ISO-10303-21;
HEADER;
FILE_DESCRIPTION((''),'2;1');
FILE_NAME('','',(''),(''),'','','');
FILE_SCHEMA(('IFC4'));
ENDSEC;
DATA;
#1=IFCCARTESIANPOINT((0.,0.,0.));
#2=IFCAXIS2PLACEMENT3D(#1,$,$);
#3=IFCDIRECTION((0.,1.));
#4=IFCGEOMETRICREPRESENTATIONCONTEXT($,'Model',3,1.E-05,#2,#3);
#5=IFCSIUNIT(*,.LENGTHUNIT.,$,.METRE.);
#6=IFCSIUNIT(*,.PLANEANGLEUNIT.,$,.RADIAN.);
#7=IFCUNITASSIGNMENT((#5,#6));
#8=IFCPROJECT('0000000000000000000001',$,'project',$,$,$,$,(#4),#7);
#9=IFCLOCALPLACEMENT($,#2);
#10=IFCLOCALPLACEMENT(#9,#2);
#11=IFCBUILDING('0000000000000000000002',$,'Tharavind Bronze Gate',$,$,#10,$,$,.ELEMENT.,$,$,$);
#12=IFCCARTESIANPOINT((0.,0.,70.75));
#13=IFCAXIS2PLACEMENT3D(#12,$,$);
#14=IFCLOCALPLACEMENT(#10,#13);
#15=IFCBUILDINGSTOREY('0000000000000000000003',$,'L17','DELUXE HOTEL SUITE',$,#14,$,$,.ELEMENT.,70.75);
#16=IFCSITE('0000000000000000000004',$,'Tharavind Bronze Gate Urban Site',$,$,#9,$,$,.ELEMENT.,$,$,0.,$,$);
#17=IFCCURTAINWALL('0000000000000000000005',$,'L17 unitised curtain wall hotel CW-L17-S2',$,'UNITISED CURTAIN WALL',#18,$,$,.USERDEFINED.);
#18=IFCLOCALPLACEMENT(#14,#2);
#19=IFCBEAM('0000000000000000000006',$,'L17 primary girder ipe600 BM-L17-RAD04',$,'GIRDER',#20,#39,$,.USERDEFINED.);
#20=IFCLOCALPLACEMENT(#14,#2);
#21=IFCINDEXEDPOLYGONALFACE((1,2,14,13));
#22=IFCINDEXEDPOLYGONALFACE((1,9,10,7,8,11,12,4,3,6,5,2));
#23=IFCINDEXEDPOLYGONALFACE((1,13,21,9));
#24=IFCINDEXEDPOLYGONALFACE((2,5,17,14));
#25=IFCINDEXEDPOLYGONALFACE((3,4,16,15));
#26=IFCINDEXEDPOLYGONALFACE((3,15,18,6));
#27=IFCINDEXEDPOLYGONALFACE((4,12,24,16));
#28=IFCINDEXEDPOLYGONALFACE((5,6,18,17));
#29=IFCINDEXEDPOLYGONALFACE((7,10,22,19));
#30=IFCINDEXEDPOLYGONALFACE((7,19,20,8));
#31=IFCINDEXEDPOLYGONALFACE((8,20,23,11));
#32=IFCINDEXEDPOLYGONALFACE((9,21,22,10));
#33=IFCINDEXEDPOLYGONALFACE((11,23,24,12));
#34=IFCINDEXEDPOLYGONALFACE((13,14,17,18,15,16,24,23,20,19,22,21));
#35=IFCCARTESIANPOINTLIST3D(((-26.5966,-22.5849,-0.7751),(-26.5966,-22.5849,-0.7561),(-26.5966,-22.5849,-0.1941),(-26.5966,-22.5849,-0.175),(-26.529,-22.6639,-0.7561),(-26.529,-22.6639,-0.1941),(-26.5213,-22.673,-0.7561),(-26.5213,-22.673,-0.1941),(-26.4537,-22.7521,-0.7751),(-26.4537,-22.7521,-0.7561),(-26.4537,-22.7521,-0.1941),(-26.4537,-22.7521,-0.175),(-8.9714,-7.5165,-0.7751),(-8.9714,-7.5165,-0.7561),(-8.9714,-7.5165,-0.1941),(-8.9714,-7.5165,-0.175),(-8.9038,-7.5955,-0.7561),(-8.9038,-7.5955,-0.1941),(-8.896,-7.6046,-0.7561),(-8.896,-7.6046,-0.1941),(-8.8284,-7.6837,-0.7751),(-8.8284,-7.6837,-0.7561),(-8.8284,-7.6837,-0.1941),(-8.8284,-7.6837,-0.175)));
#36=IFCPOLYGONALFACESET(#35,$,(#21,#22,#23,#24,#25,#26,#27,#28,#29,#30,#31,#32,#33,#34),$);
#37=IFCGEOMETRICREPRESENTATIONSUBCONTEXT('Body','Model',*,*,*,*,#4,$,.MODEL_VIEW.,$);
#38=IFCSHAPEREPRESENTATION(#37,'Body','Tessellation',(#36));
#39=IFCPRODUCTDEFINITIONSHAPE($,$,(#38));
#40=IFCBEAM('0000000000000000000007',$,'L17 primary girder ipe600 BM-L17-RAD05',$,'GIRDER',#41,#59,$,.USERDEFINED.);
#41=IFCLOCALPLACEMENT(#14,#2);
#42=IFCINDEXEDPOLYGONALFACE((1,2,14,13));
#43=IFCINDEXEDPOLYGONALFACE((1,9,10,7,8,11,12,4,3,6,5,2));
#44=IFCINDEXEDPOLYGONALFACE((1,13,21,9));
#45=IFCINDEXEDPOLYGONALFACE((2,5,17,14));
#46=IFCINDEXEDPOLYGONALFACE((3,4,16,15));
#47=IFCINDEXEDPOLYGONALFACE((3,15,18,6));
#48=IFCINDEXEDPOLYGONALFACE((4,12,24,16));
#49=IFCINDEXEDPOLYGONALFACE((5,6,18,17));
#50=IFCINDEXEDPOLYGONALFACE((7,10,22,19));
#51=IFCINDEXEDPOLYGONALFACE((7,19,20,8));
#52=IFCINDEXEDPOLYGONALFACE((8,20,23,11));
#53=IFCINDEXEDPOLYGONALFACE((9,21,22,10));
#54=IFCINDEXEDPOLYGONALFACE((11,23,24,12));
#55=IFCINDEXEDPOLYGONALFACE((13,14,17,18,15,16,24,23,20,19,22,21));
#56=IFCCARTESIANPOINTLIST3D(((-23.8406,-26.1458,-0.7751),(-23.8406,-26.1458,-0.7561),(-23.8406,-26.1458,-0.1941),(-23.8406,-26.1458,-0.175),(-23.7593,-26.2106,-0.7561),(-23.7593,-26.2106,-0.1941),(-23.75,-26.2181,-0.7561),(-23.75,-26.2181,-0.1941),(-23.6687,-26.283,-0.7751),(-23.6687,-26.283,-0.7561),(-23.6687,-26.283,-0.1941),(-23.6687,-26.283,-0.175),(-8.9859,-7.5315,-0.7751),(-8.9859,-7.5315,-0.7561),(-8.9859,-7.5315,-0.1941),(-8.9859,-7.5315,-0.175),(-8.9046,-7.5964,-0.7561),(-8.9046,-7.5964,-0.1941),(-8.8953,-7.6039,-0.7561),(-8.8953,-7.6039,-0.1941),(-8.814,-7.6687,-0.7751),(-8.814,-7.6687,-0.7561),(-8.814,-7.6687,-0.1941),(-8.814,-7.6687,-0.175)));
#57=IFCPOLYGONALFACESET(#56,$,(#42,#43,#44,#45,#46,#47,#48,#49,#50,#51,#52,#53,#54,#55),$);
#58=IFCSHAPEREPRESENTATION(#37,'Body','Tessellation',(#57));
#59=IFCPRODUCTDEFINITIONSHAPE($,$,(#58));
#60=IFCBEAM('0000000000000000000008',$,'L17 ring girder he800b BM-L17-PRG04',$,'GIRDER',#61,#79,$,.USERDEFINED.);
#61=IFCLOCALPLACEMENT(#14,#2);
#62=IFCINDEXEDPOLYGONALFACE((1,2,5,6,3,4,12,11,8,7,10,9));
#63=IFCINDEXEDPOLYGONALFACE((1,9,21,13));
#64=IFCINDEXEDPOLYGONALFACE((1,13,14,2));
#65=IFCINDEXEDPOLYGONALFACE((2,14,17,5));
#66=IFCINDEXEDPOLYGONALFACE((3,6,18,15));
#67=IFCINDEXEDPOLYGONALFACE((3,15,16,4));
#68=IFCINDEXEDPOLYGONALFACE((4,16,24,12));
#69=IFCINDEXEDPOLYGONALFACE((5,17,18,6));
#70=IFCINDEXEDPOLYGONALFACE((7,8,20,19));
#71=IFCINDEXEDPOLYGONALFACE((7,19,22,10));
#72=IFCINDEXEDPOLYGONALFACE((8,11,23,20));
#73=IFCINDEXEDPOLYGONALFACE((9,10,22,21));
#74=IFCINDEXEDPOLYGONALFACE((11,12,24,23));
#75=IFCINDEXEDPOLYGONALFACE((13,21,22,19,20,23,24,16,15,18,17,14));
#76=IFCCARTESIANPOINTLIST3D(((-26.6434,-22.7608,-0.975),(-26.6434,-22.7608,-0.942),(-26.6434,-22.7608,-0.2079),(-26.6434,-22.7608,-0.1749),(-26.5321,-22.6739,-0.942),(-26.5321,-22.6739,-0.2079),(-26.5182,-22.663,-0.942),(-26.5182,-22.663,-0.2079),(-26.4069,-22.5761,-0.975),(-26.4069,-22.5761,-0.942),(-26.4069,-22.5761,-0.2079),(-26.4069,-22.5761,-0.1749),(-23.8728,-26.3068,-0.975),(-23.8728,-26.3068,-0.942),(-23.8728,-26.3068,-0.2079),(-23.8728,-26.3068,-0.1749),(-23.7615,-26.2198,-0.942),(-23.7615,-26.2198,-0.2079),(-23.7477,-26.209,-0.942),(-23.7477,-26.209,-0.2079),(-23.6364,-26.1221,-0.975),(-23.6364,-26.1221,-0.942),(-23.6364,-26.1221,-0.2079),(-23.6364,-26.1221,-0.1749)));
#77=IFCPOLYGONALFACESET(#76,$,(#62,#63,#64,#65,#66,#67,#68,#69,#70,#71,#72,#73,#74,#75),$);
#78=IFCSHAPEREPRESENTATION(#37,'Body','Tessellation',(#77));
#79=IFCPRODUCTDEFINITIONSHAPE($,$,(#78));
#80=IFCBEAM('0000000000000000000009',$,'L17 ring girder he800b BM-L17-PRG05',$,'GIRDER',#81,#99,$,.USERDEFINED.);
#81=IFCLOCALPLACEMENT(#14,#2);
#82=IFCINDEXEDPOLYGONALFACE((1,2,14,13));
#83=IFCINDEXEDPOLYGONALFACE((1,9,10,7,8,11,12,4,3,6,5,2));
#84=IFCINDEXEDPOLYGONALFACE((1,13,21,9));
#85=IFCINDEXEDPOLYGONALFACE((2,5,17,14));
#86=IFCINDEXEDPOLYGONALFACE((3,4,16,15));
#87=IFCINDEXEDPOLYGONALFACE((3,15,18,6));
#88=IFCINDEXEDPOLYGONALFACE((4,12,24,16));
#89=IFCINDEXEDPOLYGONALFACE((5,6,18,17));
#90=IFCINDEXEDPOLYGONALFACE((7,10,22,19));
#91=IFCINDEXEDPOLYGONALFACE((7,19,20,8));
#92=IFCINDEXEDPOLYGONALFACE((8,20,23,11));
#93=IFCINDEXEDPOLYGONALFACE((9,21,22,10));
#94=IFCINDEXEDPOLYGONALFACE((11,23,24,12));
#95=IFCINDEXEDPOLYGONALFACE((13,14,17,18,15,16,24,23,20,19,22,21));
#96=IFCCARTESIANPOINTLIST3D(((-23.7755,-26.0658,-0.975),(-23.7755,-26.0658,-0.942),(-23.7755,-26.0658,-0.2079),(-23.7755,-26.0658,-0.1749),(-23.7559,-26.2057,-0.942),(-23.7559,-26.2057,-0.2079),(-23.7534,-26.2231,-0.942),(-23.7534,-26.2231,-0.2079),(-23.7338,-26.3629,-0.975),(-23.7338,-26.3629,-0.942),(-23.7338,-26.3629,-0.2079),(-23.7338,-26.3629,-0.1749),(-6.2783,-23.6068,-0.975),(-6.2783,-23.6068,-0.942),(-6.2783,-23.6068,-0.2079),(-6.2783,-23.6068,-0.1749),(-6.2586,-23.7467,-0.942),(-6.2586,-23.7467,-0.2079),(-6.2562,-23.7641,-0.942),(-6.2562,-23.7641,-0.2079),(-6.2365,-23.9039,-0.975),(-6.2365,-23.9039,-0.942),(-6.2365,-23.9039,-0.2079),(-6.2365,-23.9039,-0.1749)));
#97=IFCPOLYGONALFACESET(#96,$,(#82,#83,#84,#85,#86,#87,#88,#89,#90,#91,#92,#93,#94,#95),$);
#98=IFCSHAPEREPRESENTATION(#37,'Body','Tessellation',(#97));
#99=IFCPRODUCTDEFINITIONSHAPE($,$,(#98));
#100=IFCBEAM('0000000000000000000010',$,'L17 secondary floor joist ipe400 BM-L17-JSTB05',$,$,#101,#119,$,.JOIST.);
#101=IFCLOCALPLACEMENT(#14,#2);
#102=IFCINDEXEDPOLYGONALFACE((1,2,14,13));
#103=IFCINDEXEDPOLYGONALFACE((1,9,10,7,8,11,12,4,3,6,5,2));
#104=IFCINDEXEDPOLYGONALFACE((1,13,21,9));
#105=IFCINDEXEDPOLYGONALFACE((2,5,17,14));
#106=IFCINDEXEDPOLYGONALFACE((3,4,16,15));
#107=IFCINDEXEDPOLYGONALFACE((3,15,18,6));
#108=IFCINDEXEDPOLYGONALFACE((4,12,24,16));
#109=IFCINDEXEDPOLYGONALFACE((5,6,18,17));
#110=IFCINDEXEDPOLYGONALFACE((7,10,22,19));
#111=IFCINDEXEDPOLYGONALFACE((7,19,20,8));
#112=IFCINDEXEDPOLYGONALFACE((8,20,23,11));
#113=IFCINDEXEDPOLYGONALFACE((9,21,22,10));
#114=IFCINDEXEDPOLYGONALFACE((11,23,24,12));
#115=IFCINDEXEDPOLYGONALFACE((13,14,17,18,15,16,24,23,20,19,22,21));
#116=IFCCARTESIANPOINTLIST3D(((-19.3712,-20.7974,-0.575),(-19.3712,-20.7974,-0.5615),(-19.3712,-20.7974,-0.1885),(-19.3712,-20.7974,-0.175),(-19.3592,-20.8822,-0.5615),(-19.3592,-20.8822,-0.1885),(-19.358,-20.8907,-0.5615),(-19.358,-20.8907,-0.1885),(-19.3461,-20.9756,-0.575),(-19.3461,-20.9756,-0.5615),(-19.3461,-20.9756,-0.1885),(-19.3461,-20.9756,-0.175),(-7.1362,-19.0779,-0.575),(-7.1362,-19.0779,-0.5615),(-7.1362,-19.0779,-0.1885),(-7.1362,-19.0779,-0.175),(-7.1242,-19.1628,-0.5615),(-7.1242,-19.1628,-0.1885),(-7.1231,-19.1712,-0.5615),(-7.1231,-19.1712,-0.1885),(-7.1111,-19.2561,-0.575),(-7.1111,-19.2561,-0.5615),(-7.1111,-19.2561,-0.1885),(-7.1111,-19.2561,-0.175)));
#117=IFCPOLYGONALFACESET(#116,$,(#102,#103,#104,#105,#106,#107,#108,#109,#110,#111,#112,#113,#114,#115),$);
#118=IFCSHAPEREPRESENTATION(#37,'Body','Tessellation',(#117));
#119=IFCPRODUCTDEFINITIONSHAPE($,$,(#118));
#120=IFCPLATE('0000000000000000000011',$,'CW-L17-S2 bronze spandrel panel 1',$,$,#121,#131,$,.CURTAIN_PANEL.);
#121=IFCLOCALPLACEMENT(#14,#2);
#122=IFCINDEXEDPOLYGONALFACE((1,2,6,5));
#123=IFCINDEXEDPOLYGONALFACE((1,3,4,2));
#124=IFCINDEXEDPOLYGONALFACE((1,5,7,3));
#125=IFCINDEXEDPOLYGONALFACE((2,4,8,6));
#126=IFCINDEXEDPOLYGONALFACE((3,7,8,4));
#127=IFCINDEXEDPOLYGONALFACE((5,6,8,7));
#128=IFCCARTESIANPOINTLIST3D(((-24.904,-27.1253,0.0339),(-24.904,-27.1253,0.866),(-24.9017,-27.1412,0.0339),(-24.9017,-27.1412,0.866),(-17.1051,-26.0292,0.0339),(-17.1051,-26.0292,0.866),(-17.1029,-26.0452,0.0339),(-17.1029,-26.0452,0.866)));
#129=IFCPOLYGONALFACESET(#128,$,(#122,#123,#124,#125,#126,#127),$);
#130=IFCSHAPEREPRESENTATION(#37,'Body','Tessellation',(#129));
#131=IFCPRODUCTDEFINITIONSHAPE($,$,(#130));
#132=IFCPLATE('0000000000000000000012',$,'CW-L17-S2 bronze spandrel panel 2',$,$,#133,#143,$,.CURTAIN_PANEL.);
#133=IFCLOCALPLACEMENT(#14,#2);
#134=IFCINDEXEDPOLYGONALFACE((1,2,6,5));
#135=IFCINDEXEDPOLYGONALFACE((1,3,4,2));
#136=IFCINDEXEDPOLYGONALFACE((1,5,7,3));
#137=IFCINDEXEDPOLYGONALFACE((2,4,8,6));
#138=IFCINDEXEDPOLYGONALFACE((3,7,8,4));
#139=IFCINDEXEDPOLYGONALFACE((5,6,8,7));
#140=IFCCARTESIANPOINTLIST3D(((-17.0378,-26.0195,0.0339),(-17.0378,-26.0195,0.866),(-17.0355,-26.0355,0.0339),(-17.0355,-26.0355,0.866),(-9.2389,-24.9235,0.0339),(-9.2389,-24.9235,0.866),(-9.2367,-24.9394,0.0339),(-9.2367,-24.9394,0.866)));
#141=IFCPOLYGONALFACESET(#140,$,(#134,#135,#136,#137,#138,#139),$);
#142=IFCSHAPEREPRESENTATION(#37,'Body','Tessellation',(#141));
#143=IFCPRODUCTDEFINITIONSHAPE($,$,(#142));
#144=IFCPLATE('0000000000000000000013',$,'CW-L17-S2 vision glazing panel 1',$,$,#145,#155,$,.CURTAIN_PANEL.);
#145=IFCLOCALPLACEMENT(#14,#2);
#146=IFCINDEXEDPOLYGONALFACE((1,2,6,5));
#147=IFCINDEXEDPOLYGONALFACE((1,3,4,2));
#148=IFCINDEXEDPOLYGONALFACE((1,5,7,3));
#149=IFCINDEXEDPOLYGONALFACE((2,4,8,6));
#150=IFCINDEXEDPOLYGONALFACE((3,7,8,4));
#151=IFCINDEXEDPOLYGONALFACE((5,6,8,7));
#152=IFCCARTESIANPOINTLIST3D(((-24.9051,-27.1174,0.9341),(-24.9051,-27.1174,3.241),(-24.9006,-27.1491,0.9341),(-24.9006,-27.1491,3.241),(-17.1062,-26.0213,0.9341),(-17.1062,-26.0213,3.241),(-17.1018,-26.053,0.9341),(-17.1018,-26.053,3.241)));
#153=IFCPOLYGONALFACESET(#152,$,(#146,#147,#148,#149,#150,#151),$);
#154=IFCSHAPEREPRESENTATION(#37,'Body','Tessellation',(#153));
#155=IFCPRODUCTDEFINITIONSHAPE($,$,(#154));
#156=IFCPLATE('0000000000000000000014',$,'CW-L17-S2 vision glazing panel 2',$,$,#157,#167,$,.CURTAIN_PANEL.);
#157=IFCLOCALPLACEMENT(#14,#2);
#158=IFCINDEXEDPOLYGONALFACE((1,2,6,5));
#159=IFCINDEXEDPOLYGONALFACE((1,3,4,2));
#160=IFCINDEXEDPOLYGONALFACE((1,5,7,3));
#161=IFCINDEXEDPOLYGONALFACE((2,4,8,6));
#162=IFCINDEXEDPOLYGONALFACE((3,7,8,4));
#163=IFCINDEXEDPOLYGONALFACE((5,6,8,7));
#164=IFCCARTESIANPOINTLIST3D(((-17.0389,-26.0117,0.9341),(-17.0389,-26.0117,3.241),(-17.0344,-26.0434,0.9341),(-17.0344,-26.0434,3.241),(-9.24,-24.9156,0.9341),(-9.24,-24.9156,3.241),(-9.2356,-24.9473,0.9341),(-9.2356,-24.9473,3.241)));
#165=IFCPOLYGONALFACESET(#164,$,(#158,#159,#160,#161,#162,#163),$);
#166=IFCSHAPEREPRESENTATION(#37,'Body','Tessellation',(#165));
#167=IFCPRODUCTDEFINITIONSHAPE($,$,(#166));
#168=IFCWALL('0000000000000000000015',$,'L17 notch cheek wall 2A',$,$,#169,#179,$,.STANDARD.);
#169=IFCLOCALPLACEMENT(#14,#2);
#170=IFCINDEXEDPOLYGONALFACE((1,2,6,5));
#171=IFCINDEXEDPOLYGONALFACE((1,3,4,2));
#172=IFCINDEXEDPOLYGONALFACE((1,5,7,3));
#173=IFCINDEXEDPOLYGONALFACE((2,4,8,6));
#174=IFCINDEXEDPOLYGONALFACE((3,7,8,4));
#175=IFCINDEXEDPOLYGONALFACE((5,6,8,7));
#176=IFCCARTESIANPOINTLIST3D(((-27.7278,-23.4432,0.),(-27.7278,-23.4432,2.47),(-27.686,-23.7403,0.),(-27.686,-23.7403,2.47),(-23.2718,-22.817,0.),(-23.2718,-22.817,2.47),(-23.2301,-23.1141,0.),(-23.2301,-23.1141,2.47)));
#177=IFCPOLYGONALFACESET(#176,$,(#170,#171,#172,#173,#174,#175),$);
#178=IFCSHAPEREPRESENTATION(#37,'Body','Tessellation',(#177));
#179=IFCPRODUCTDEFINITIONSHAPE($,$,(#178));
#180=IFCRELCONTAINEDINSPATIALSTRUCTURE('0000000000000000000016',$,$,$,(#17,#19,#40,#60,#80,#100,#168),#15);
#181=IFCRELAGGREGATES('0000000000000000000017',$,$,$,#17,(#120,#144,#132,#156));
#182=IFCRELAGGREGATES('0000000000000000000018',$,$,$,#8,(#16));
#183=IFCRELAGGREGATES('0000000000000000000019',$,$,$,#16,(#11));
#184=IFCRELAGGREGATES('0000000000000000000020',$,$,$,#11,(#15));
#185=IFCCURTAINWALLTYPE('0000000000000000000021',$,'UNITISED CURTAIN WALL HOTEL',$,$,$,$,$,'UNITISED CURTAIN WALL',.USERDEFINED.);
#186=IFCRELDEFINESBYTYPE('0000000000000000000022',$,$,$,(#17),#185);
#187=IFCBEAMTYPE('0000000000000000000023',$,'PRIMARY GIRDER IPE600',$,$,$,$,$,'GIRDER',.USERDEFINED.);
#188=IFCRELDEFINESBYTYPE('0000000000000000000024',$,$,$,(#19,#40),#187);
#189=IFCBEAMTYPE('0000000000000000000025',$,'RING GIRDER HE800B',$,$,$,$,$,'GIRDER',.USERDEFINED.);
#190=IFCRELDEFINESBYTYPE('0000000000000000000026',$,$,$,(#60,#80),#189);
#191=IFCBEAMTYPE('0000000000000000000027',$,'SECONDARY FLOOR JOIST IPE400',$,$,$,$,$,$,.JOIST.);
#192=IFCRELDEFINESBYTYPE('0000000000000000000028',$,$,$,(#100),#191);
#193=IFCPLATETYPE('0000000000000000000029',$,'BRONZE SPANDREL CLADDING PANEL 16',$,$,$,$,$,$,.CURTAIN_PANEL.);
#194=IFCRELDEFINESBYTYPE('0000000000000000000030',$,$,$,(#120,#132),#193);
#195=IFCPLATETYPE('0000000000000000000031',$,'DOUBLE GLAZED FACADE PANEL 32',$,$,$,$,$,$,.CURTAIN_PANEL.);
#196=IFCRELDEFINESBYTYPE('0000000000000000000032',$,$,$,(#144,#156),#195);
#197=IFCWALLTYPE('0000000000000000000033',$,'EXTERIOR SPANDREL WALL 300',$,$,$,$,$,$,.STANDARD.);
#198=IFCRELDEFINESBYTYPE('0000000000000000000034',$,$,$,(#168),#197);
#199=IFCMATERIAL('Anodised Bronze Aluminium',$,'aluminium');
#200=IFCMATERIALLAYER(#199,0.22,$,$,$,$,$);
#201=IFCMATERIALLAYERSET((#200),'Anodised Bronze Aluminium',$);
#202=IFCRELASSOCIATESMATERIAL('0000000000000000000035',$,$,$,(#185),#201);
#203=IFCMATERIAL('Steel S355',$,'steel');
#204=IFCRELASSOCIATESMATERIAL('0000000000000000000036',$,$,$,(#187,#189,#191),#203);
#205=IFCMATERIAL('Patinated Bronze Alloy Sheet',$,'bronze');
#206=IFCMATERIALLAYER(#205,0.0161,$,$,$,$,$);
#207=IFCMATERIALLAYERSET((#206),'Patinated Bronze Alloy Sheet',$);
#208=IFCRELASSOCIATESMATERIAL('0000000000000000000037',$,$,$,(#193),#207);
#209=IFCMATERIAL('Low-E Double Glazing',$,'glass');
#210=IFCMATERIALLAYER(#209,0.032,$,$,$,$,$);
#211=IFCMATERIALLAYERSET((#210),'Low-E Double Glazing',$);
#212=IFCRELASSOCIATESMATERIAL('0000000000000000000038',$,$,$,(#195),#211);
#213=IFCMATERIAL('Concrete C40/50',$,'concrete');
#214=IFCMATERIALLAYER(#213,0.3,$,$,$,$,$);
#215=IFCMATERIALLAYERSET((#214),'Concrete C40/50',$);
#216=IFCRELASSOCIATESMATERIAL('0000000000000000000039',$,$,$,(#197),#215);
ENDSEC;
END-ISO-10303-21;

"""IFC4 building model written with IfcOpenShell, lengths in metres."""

from ifc_helpers import new_model, si_unit, direction, frame, frame_2d, origin, origin_2d, place, context, subcontext, project, spatial, rectangle, i_section, extrude, material, layer, layer_set, material_profile, profile_set, type_object, element, aggregate, save


model = new_model("IFC4")

# Units and contexts
model_context = context("Model", 3, precision=1e-05, world=origin(), true_north=direction((0.0, 1.0)))
body_context = subcontext(model_context, "Body", "Model", "MODEL_VIEW")
ifc_project = project(units=[si_unit("LENGTHUNIT", "METRE"), si_unit("PLANEANGLEUNIT", "RADIAN")], contexts=[model_context])

# Site, building, storey
site_placement = place(None, origin())
site = spatial("IfcSite", under=ifc_project, at=site_placement, Name="Tharavind Bronze Gate Urban Site", CompositionType="ELEMENT", RefElevation=0.0)
building_placement = place(site_placement, origin())
building = spatial("IfcBuilding", under=site, at=building_placement, Name="Tharavind Bronze Gate", CompositionType="ELEMENT")
storey_placement = place(building_placement, frame((0.0, 0.0, 70.75)))
storey = spatial("IfcBuildingStorey", under=building, at=storey_placement, Name="L17", Description="DELUXE HOTEL SUITE", CompositionType="ELEMENT", Elevation=70.75)

# Shared definitions
ifc_material_1 = material(Name="Anodised Bronze Aluminium", Category="aluminium")
ifc_layer_1 = layer(ifc_material_1, 0.22)
ifc_layer_set_1 = layer_set([ifc_layer_1], Name="Anodised Bronze Aluminium")
curtain_wall_type = type_object("IfcCurtainWallType", Name="UNITISED CURTAIN WALL HOTEL", ElementType="UNITISED CURTAIN WALL", PredefinedType="USERDEFINED", material=ifc_layer_set_1)

# Curtain wall
curtain_wall_1_placement = place(storey_placement, origin())
curtain_wall_1 = element("IfcCurtainWall", 1, at=curtain_wall_1_placement, inside=storey, type_object=curtain_wall_type, Name="L17 unitised curtain wall hotel CW-L17-S2", ObjectType="UNITISED CURTAIN WALL", PredefinedType="USERDEFINED")

# Beams
ifc_material_2 = material(Name="Steel S355", Category="steel")
ifc_material_profile_1 = material_profile(ifc_material_2, i_section(OverallWidth=0.22, OverallDepth=0.6001, WebThickness=0.012, FlangeThickness=0.019, at=origin_2d()), Name="IPE600")
ifc_profile_set_1 = profile_set([ifc_material_profile_1], Name="Steel S355")
beam_type_1 = type_object("IfcBeamType", Name="PRIMARY GIRDER IPE600", ElementType="GIRDER", PredefinedType="USERDEFINED", material=ifc_profile_set_1)
beam_1_placement = place(storey_placement, frame((-26.5251, -22.6685, -0.4751), z_axis=(0.760087, 0.649821, 0.0), x_axis=(-0.649821, 0.760087, 0.0)))
element("IfcBeam", 2, at=beam_1_placement, inside=storey, type_object=beam_type_1, Name="L17 primary girder ipe600 BM-L17-RAD04", ObjectType="GIRDER", PredefinedType="USERDEFINED", context=body_context, shape_type="SweptSolid", body=[
    extrude(i_section(OverallWidth=0.22, OverallDepth=0.6001, WebThickness=0.012, FlangeThickness=0.019, at=origin_2d()), origin(), (0.0, 0.0, 1.0), 23.1885),
])
beam_2_placement = place(storey_placement, frame((-23.7546, -26.2144, -0.4751), z_axis=(0.623756, 0.781619, 0.0), x_axis=(-0.781619, 0.623756, 0.0)))
element("IfcBeam", 3, at=beam_2_placement, inside=storey, type_object=beam_type_1, Name="L17 primary girder ipe600 BM-L17-RAD05", ObjectType="GIRDER", PredefinedType="USERDEFINED", context=body_context, shape_type="SweptSolid", body=[
    extrude(i_section(OverallWidth=0.22, OverallDepth=0.6001, WebThickness=0.012, FlangeThickness=0.019, at=origin_2d()), origin(), (0.0, 0.0, 1.0), 23.8149),
])
ifc_material_profile_2 = material_profile(ifc_material_2, i_section(OverallWidth=0.3, OverallDepth=0.8, WebThickness=0.0176, FlangeThickness=0.033, at=origin_2d()), Name="HE800B")
ifc_profile_set_2 = profile_set([ifc_material_profile_2], Name="Steel S355")
beam_type_2 = type_object("IfcBeamType", Name="RING GIRDER HE800B", ElementType="GIRDER", PredefinedType="USERDEFINED", material=ifc_profile_set_2)
beam_3_placement = place(storey_placement, frame((-26.5251, -22.6685, -0.575), z_axis=(0.615682, -0.787995, 0.0), x_axis=(0.787995, 0.615682, 0.0)))
element("IfcBeam", 4, at=beam_3_placement, inside=storey, type_object=beam_type_2, Name="L17 ring girder he800b BM-L17-PRG04", ObjectType="GIRDER", PredefinedType="USERDEFINED", context=body_context, shape_type="SweptSolid", body=[
    extrude(i_section(OverallWidth=0.3, OverallDepth=0.8, WebThickness=0.0176, FlangeThickness=0.033, at=origin_2d()), origin(), (0.0, 0.0, 1.0), 4.5),
])
beam_4_placement = place(storey_placement, frame((-23.7546, -26.2144, -0.575), z_axis=(0.990269, 0.139167, 0.0), x_axis=(-0.139167, 0.990269, 0.0)))
element("IfcBeam", 5, at=beam_4_placement, inside=storey, type_object=beam_type_2, Name="L17 ring girder he800b BM-L17-PRG05", ObjectType="GIRDER", PredefinedType="USERDEFINED", context=body_context, shape_type="SweptSolid", body=[
    extrude(i_section(OverallWidth=0.3, OverallDepth=0.8, WebThickness=0.0176, FlangeThickness=0.033, at=origin_2d()), origin(), (0.0, 0.0, 1.0), 17.6692),
])
ifc_material_profile_3 = material_profile(ifc_material_2, i_section(OverallWidth=0.1799, OverallDepth=0.3999, WebThickness=0.0085, FlangeThickness=0.0134, at=origin_2d()), Name="IPE400")
ifc_profile_set_3 = profile_set([ifc_material_profile_3], Name="Steel S355")
beam_type_3 = type_object("IfcBeamType", Name="SECONDARY FLOOR JOIST IPE400", PredefinedType="JOIST", material=ifc_profile_set_3)
beam_5_placement = place(storey_placement, frame((-19.3586, -20.8865, -0.375), z_axis=(0.990269, 0.139169, 0.0), x_axis=(-0.139169, 0.990269, 0.0)))
element("IfcBeam", 6, at=beam_5_placement, inside=storey, type_object=beam_type_3, Name="L17 secondary floor joist ipe400 BM-L17-JSTB05", PredefinedType="JOIST", context=body_context, shape_type="SweptSolid", body=[
    extrude(i_section(OverallWidth=0.1799, OverallDepth=0.3999, WebThickness=0.0085, FlangeThickness=0.0134, at=origin_2d()), origin(), (0.0, 0.0, 1.0), 12.3552),
])

# Plates
ifc_material_3 = material(Name="Patinated Bronze Alloy Sheet", Category="bronze")
ifc_layer_2 = layer(ifc_material_3, 0.0161)
ifc_layer_set_2 = layer_set([ifc_layer_2], Name="Patinated Bronze Alloy Sheet")
plate_type_1 = type_object("IfcPlateType", Name="BRONZE SPANDREL CLADDING PANEL 16", PredefinedType="CURTAIN_PANEL", material=ifc_layer_set_2)
plate_1_placement = place(storey_placement, frame((-21.0034, -26.5852, 0.0339), z_axis=(0.0, 0.0, 1.0), x_axis=(0.990268, 0.139173, 0.0)))
plate_1 = element("IfcPlate", 7, at=plate_1_placement, type_object=plate_type_1, Name="CW-L17-S2 bronze spandrel panel 1", PredefinedType="CURTAIN_PANEL", context=body_context, shape_type="SweptSolid", body=[
    extrude(rectangle(XDim=7.8755, YDim=0.0161, at=origin_2d()), origin(), (0.0, 0.0, 1.0), 0.832),
])
plate_2_placement = place(storey_placement, frame((-13.1372, -25.4795, 0.0339), z_axis=(0.0, 0.0, 1.0), x_axis=(0.990268, 0.139173, 0.0)))
plate_2 = element("IfcPlate", 8, at=plate_2_placement, type_object=plate_type_1, Name="CW-L17-S2 bronze spandrel panel 2", PredefinedType="CURTAIN_PANEL", context=body_context, shape_type="SweptSolid", body=[
    extrude(rectangle(XDim=7.8755, YDim=0.0161, at=origin_2d()), origin(), (0.0, 0.0, 1.0), 0.832),
])
ifc_material_4 = material(Name="Low-E Double Glazing", Category="glass")
ifc_layer_3 = layer(ifc_material_4, 0.032)
ifc_layer_set_3 = layer_set([ifc_layer_3], Name="Low-E Double Glazing")
plate_type_2 = type_object("IfcPlateType", Name="DOUBLE GLAZED FACADE PANEL 32", PredefinedType="CURTAIN_PANEL", material=ifc_layer_set_3)
plate_3_placement = place(storey_placement, frame((-21.0034, -26.5852, 0.9341), z_axis=(0.0, 0.0, 1.0), x_axis=(0.990268, 0.139173, 0.0)))
plate_3 = element("IfcPlate", 9, at=plate_3_placement, type_object=plate_type_2, Name="CW-L17-S2 vision glazing panel 1", PredefinedType="CURTAIN_PANEL", context=body_context, shape_type="SweptSolid", body=[
    extrude(rectangle(XDim=7.8755, YDim=0.032, at=origin_2d()), origin(), (0.0, 0.0, 1.0), 2.3069),
])
plate_4_placement = place(storey_placement, frame((-13.1372, -25.4795, 0.9341), z_axis=(0.0, 0.0, 1.0), x_axis=(0.990268, 0.139173, 0.0)))
plate_4 = element("IfcPlate", 10, at=plate_4_placement, type_object=plate_type_2, Name="CW-L17-S2 vision glazing panel 2", PredefinedType="CURTAIN_PANEL", context=body_context, shape_type="SweptSolid", body=[
    extrude(rectangle(XDim=7.8755, YDim=0.032, at=origin_2d()), origin(), (0.0, 0.0, 1.0), 2.3069),
])
aggregate(curtain_wall_1, [plate_1, plate_3, plate_2, plate_4])

# Wall
ifc_material_5 = material(Name="Concrete C40/50", Category="concrete")
ifc_layer_4 = layer(ifc_material_5, 0.3)
ifc_layer_set_4 = layer_set([ifc_layer_4], Name="Concrete C40/50")
wall_type = type_object("IfcWallType", Name="EXTERIOR SPANDREL WALL 300", PredefinedType="STANDARD", material=ifc_layer_set_4)
wall_1_placement = place(storey_placement, frame((-27.707, -23.5918, 0.0), z_axis=(0.0, 0.0, 1.0), x_axis=(0.990269, 0.139165, 0.0)))
element("IfcWall", 11, at=wall_1_placement, inside=storey, type_object=wall_type, Name="L17 notch cheek wall 2A", PredefinedType="STANDARD", context=body_context, shape_type="SweptSolid", body=[
    extrude(rectangle(XDim=4.4998, YDim=0.3, at=frame_2d((2.25, 0.0))), origin(), (0.0, 0.0, 1.0), 2.47),
])

save(model, "model.ifc")
